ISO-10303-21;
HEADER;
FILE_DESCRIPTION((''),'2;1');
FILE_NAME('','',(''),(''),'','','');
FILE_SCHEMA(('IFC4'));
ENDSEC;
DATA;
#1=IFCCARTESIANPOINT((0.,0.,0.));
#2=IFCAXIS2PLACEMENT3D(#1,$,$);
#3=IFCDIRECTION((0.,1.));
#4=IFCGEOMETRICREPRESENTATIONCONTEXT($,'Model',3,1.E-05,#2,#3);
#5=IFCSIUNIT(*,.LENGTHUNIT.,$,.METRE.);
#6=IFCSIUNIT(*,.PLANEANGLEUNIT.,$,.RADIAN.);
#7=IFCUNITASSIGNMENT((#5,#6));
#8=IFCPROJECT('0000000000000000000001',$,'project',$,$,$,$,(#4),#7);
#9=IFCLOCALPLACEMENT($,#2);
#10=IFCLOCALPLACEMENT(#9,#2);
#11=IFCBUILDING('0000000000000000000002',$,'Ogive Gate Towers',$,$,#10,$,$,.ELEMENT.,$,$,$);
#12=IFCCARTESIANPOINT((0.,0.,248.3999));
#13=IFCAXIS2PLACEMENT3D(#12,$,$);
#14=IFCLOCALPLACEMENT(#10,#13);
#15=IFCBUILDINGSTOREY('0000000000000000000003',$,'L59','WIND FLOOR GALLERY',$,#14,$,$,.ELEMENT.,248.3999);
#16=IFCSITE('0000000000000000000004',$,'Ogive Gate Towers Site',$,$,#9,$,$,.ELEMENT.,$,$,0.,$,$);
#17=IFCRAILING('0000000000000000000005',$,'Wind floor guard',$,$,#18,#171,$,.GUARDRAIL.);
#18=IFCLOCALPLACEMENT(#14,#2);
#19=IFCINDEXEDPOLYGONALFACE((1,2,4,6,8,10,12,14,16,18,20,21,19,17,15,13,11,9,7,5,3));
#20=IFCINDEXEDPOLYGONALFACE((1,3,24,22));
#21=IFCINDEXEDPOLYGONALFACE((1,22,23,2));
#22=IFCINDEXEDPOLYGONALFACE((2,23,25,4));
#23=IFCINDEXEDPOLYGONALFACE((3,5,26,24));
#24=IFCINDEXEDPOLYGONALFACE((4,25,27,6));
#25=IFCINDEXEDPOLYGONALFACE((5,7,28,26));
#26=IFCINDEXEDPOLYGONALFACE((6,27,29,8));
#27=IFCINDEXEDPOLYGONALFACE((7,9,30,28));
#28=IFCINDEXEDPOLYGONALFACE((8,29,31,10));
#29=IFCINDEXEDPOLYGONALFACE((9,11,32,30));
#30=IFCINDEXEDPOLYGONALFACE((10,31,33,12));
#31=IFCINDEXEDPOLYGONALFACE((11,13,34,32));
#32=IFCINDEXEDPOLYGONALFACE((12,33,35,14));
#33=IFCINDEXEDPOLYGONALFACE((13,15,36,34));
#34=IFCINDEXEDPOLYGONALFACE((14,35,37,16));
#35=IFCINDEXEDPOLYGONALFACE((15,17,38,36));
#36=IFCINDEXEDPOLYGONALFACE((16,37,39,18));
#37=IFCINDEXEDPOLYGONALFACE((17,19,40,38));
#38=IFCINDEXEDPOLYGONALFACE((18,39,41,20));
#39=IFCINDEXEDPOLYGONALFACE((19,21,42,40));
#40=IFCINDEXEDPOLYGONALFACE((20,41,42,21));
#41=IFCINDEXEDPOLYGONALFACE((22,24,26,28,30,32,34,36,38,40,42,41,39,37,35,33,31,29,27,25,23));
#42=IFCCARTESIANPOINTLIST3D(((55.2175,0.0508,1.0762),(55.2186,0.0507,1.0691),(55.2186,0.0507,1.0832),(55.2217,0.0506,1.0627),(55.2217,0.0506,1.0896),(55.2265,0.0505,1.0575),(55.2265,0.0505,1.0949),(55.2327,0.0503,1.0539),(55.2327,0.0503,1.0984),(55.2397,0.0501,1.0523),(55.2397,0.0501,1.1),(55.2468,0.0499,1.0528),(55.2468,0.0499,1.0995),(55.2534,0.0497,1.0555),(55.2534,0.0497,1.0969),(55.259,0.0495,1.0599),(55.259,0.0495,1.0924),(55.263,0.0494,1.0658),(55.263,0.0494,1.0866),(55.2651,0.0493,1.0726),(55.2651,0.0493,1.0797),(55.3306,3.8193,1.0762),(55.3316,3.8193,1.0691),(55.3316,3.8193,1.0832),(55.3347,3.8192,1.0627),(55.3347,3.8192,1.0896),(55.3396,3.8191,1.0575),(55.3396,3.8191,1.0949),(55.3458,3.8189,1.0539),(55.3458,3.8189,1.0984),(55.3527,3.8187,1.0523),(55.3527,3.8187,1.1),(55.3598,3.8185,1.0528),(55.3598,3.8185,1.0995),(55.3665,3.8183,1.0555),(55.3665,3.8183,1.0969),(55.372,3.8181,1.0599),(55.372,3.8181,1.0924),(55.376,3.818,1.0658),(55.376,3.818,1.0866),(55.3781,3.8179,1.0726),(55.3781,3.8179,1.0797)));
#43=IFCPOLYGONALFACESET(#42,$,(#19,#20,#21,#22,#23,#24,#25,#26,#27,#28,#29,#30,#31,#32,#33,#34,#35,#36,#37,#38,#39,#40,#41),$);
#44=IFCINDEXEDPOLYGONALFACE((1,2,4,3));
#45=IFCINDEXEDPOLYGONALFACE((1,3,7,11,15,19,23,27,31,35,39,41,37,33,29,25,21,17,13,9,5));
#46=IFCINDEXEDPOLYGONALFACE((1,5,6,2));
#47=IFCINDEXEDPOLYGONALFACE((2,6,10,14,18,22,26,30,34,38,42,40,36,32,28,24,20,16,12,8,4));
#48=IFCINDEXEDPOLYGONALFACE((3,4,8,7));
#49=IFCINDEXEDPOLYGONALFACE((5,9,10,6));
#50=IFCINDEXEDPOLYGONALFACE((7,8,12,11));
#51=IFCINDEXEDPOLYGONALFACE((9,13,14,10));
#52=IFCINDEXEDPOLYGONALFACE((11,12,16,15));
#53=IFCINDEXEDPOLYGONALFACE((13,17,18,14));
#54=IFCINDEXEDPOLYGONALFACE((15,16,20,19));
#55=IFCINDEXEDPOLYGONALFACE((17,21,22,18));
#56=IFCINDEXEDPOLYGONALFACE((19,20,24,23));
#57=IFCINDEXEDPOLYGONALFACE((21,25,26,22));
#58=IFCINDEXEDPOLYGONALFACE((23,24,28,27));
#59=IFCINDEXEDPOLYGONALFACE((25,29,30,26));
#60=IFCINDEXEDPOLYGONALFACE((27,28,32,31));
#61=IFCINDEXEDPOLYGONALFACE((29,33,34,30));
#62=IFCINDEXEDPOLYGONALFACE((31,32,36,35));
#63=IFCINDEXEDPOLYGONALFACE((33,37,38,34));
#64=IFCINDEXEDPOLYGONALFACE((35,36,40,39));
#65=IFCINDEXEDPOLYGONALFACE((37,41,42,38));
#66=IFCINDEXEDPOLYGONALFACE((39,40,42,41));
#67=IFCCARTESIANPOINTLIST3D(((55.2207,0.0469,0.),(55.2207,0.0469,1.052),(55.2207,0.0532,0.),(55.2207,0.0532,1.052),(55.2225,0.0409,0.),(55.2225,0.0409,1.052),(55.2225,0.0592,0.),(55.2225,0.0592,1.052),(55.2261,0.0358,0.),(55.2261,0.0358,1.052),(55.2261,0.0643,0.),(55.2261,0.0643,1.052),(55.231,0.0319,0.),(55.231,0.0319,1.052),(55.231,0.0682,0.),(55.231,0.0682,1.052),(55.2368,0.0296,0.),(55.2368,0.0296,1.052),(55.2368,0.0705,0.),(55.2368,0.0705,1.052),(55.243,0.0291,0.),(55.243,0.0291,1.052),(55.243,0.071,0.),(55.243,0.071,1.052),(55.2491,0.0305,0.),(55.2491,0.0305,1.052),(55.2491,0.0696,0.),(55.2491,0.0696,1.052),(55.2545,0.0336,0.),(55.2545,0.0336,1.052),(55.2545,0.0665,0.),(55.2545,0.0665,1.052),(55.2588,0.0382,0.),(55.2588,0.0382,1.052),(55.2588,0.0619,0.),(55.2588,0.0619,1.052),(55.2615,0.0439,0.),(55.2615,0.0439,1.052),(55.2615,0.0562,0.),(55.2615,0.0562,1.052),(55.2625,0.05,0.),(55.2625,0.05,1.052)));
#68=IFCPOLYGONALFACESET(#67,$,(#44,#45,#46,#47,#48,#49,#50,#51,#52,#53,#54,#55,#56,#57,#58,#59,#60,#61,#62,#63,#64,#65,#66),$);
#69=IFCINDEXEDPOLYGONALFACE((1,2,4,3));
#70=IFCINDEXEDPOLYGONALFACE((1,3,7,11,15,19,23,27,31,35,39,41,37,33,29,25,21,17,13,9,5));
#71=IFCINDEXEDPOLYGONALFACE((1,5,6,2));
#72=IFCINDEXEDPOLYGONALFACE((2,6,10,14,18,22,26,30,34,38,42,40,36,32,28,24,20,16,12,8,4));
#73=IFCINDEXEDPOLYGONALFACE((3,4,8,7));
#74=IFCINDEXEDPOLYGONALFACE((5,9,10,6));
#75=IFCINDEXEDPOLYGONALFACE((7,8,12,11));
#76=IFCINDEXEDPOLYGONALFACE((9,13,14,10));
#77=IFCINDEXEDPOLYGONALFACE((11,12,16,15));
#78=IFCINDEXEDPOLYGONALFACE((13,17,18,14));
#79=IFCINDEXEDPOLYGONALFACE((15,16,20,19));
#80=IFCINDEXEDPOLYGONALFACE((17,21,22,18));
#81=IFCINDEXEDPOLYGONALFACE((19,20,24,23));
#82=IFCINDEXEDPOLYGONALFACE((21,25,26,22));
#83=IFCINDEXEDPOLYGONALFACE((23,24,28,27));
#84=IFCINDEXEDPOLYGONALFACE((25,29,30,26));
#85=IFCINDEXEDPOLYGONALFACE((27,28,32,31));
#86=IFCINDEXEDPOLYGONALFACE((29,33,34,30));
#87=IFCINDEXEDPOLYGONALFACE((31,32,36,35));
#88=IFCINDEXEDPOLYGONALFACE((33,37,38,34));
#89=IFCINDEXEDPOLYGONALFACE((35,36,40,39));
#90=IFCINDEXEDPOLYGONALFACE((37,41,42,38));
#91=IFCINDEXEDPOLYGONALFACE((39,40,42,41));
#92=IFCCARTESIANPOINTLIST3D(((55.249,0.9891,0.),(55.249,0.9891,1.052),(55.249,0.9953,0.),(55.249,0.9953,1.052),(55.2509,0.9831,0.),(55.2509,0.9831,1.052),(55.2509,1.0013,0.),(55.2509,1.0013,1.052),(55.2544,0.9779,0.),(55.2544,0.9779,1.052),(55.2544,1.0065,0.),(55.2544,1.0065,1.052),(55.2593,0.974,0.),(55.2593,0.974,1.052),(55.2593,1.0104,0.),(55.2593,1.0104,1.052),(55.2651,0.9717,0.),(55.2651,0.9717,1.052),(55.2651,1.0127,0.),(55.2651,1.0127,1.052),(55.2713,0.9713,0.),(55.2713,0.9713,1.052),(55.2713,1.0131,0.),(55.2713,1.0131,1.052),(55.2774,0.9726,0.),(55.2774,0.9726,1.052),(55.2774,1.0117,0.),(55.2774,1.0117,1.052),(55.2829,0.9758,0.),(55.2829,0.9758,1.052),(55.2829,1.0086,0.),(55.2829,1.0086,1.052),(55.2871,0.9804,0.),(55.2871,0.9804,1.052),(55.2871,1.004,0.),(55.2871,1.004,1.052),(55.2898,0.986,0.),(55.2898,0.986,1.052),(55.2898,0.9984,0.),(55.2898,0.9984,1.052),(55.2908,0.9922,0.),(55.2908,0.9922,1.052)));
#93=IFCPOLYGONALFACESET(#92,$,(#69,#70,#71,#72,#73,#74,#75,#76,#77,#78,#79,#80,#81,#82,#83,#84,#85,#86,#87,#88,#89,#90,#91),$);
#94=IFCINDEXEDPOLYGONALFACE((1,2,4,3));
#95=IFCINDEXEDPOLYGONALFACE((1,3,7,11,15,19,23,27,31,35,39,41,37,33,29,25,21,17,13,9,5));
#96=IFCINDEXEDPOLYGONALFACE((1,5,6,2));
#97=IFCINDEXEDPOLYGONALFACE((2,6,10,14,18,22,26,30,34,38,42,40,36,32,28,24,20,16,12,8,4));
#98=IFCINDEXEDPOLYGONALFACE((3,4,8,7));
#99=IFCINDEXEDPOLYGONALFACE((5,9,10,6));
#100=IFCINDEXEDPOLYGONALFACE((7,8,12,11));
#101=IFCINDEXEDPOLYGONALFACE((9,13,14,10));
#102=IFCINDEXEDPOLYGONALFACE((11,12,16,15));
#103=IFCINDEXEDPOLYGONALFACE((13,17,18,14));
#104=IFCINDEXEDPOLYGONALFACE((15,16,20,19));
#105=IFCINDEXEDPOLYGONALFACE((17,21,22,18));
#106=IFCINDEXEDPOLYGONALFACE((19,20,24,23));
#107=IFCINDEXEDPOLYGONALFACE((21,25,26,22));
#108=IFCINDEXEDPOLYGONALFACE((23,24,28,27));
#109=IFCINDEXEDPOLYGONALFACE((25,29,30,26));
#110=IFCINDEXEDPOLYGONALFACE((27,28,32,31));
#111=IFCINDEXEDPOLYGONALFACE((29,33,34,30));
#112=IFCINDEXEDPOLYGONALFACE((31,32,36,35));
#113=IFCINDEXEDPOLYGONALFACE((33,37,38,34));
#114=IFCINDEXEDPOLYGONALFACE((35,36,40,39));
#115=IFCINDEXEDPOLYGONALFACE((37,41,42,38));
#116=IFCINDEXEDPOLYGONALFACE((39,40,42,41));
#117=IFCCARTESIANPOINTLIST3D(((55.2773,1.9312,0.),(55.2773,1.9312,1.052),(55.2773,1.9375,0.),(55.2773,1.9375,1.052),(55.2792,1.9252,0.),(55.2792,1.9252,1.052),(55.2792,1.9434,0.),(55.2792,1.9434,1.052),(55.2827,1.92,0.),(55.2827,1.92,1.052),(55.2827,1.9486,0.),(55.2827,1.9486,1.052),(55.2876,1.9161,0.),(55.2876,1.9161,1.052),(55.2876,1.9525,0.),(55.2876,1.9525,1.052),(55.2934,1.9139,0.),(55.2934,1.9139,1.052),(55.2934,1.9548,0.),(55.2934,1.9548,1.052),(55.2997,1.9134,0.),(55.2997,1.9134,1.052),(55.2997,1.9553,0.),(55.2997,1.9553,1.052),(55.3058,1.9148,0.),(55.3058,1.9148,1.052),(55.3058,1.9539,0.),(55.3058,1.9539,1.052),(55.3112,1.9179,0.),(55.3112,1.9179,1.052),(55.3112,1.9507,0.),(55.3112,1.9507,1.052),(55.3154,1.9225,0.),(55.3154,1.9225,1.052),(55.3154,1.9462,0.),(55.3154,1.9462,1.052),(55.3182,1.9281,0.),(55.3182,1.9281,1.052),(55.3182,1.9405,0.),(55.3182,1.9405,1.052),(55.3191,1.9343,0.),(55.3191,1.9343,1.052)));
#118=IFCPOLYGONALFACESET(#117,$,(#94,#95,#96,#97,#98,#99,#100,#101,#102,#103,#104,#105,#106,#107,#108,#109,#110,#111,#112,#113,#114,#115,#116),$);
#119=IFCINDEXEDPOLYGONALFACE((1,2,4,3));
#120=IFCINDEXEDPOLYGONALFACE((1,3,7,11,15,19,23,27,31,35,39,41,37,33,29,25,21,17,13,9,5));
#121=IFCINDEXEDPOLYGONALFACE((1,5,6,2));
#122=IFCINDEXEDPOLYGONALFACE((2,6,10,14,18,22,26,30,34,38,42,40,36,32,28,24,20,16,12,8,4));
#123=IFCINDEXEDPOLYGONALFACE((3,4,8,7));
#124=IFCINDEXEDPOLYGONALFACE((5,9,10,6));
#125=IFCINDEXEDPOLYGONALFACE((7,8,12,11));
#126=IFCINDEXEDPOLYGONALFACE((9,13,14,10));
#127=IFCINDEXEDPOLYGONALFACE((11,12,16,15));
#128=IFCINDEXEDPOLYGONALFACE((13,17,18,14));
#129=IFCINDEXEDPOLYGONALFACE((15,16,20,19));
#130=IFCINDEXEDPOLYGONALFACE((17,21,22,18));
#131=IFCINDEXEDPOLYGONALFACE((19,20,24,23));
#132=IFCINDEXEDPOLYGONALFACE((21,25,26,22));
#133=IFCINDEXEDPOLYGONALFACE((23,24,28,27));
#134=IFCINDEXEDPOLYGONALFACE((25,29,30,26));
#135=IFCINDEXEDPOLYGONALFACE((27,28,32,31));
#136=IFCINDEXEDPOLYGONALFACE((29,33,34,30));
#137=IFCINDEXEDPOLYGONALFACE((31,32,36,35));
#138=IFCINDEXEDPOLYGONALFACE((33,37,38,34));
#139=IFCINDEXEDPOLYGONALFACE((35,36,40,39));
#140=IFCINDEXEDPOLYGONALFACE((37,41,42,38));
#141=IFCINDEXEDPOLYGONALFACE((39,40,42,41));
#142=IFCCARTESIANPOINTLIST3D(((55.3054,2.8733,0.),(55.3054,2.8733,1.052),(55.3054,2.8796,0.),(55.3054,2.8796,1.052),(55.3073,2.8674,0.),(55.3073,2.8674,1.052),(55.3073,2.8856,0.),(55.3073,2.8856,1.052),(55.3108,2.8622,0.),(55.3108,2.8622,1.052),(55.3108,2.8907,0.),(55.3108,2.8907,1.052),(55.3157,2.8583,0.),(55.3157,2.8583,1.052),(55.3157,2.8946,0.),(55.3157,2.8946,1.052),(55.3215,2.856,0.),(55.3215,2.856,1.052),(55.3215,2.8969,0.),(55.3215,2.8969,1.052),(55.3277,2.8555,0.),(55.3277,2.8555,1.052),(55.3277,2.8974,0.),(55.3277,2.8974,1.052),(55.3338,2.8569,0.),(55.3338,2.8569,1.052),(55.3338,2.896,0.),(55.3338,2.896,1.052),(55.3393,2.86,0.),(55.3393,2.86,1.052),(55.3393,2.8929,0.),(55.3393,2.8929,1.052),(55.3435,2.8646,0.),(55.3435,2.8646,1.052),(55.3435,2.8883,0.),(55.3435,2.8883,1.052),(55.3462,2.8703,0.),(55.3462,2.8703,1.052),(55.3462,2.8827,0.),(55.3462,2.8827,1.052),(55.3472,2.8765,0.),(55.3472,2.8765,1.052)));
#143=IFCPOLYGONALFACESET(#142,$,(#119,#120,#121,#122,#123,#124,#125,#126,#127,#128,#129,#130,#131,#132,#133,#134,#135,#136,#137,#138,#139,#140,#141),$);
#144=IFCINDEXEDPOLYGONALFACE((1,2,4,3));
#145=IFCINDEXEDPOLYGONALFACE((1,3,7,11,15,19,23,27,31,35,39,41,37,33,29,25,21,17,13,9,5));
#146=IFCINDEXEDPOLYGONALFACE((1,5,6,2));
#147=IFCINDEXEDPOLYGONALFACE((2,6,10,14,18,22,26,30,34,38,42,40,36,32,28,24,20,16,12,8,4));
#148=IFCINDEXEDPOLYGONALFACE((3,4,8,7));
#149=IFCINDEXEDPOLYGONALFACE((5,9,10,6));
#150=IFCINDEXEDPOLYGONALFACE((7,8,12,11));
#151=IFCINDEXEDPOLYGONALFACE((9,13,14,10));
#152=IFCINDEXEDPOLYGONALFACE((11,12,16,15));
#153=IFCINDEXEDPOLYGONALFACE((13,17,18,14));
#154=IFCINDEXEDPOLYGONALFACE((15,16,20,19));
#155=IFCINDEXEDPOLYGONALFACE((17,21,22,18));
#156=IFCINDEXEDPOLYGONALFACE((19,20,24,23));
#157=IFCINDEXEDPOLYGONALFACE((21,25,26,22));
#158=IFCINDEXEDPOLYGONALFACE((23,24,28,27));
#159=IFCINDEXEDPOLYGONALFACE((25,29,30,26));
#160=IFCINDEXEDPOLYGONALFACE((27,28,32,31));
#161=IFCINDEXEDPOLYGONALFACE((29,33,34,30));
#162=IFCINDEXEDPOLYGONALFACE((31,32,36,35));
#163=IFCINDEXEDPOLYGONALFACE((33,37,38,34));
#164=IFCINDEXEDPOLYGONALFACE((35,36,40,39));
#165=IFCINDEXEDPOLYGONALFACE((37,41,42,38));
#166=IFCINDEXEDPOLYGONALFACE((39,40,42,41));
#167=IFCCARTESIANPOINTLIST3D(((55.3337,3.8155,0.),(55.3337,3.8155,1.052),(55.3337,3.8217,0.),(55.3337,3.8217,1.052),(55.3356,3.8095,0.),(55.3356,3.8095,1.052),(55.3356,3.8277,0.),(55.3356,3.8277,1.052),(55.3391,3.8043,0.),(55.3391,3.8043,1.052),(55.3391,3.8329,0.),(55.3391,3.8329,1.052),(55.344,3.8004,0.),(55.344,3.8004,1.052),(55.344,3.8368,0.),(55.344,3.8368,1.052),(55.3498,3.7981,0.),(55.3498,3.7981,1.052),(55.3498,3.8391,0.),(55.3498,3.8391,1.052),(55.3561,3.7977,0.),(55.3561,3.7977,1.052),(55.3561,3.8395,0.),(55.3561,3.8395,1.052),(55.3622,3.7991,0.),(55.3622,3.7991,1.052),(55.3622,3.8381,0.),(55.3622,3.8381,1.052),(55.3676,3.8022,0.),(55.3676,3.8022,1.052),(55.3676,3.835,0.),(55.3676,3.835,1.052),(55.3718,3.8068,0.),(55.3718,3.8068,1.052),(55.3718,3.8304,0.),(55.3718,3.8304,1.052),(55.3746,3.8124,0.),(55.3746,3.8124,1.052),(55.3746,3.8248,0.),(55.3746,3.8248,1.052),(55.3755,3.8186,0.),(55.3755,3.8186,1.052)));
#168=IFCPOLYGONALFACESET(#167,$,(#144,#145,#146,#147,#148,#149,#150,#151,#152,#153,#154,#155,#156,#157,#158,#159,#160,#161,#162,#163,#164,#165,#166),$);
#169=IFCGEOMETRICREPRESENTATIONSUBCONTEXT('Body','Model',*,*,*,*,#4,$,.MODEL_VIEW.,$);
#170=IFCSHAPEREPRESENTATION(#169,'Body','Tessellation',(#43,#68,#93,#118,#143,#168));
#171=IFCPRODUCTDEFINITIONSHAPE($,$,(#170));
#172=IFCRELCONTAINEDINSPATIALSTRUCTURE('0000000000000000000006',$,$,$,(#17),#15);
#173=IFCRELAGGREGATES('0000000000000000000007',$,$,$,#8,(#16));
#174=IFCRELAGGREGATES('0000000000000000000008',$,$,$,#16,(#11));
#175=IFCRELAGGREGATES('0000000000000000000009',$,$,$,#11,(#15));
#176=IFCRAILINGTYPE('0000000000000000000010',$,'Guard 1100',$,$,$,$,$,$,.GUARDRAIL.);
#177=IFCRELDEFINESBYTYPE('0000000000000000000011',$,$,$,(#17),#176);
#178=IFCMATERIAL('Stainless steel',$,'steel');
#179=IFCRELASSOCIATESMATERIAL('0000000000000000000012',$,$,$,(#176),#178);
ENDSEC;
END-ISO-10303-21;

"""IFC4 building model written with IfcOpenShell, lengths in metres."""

from ifc_helpers import new_model, si_unit, direction, frame, origin, origin_2d, place, context, subcontext, project, spatial, circle, extrude, material, type_object, element, save


model = new_model("IFC4")

# Units and contexts
model_context = context("Model", 3, precision=1e-05, world=origin(), true_north=direction((0.0, 1.0)))
body_context = subcontext(model_context, "Body", "Model", "MODEL_VIEW")
ifc_project = project(units=[si_unit("LENGTHUNIT", "METRE"), si_unit("PLANEANGLEUNIT", "RADIAN")], contexts=[model_context])

# Site, building, storey
site_placement = place(None, origin())
site = spatial("IfcSite", under=ifc_project, at=site_placement, Name="Ogive Gate Towers Site", CompositionType="ELEMENT", RefElevation=0.0)
building_placement = place(site_placement, origin())
building = spatial("IfcBuilding", under=site, at=building_placement, Name="Ogive Gate Towers", CompositionType="ELEMENT")
storey_placement = place(building_placement, frame((0.0, 0.0, 248.3999)))
storey = spatial("IfcBuildingStorey", under=building, at=storey_placement, Name="L59", Description="WIND FLOOR GALLERY", CompositionType="ELEMENT", Elevation=248.3999)

# Railing
ifc_material_1 = material(Name="Stainless steel", Category="steel")
railing_type_1 = type_object("IfcRailingType", Name="Guard 1100", PredefinedType="GUARDRAIL", material=ifc_material_1)
railing_1_placement = place(storey_placement, frame((55.2415, 0.05, 0.0)))
element("IfcRailing", 1, at=railing_1_placement, inside=storey, type_object=railing_type_1, Name="Wind floor guard", PredefinedType="GUARDRAIL", context=body_context, shape_type="SweptSolid", body=[
    extrude(circle(Radius=0.0239, at=origin_2d()), frame((0.0, 0.0, 1.0762), z_axis=(0.029981, 0.99955, 0.0), x_axis=(-0.99955, 0.029981, 0.0)), (0.0, 0.0, 1.0), 3.7703),
    extrude(circle(Radius=0.021, at=origin_2d()), origin(), (0.0, 0.0, 1.0), 1.052),
    extrude(circle(Radius=0.021, at=origin_2d()), frame((0.0283, 0.9421, 0.0)), (0.0, 0.0, 1.0), 1.052),
    extrude(circle(Radius=0.021, at=origin_2d()), frame((0.0566, 1.8843, 0.0)), (0.0, 0.0, 1.0), 1.052),
    extrude(circle(Radius=0.021, at=origin_2d()), frame((0.0847, 2.8264, 0.0)), (0.0, 0.0, 1.0), 1.052),
    extrude(circle(Radius=0.021, at=origin_2d()), frame((0.113, 3.7686, 0.0)), (0.0, 0.0, 1.0), 1.052),
])

save(model, "model.ifc")
